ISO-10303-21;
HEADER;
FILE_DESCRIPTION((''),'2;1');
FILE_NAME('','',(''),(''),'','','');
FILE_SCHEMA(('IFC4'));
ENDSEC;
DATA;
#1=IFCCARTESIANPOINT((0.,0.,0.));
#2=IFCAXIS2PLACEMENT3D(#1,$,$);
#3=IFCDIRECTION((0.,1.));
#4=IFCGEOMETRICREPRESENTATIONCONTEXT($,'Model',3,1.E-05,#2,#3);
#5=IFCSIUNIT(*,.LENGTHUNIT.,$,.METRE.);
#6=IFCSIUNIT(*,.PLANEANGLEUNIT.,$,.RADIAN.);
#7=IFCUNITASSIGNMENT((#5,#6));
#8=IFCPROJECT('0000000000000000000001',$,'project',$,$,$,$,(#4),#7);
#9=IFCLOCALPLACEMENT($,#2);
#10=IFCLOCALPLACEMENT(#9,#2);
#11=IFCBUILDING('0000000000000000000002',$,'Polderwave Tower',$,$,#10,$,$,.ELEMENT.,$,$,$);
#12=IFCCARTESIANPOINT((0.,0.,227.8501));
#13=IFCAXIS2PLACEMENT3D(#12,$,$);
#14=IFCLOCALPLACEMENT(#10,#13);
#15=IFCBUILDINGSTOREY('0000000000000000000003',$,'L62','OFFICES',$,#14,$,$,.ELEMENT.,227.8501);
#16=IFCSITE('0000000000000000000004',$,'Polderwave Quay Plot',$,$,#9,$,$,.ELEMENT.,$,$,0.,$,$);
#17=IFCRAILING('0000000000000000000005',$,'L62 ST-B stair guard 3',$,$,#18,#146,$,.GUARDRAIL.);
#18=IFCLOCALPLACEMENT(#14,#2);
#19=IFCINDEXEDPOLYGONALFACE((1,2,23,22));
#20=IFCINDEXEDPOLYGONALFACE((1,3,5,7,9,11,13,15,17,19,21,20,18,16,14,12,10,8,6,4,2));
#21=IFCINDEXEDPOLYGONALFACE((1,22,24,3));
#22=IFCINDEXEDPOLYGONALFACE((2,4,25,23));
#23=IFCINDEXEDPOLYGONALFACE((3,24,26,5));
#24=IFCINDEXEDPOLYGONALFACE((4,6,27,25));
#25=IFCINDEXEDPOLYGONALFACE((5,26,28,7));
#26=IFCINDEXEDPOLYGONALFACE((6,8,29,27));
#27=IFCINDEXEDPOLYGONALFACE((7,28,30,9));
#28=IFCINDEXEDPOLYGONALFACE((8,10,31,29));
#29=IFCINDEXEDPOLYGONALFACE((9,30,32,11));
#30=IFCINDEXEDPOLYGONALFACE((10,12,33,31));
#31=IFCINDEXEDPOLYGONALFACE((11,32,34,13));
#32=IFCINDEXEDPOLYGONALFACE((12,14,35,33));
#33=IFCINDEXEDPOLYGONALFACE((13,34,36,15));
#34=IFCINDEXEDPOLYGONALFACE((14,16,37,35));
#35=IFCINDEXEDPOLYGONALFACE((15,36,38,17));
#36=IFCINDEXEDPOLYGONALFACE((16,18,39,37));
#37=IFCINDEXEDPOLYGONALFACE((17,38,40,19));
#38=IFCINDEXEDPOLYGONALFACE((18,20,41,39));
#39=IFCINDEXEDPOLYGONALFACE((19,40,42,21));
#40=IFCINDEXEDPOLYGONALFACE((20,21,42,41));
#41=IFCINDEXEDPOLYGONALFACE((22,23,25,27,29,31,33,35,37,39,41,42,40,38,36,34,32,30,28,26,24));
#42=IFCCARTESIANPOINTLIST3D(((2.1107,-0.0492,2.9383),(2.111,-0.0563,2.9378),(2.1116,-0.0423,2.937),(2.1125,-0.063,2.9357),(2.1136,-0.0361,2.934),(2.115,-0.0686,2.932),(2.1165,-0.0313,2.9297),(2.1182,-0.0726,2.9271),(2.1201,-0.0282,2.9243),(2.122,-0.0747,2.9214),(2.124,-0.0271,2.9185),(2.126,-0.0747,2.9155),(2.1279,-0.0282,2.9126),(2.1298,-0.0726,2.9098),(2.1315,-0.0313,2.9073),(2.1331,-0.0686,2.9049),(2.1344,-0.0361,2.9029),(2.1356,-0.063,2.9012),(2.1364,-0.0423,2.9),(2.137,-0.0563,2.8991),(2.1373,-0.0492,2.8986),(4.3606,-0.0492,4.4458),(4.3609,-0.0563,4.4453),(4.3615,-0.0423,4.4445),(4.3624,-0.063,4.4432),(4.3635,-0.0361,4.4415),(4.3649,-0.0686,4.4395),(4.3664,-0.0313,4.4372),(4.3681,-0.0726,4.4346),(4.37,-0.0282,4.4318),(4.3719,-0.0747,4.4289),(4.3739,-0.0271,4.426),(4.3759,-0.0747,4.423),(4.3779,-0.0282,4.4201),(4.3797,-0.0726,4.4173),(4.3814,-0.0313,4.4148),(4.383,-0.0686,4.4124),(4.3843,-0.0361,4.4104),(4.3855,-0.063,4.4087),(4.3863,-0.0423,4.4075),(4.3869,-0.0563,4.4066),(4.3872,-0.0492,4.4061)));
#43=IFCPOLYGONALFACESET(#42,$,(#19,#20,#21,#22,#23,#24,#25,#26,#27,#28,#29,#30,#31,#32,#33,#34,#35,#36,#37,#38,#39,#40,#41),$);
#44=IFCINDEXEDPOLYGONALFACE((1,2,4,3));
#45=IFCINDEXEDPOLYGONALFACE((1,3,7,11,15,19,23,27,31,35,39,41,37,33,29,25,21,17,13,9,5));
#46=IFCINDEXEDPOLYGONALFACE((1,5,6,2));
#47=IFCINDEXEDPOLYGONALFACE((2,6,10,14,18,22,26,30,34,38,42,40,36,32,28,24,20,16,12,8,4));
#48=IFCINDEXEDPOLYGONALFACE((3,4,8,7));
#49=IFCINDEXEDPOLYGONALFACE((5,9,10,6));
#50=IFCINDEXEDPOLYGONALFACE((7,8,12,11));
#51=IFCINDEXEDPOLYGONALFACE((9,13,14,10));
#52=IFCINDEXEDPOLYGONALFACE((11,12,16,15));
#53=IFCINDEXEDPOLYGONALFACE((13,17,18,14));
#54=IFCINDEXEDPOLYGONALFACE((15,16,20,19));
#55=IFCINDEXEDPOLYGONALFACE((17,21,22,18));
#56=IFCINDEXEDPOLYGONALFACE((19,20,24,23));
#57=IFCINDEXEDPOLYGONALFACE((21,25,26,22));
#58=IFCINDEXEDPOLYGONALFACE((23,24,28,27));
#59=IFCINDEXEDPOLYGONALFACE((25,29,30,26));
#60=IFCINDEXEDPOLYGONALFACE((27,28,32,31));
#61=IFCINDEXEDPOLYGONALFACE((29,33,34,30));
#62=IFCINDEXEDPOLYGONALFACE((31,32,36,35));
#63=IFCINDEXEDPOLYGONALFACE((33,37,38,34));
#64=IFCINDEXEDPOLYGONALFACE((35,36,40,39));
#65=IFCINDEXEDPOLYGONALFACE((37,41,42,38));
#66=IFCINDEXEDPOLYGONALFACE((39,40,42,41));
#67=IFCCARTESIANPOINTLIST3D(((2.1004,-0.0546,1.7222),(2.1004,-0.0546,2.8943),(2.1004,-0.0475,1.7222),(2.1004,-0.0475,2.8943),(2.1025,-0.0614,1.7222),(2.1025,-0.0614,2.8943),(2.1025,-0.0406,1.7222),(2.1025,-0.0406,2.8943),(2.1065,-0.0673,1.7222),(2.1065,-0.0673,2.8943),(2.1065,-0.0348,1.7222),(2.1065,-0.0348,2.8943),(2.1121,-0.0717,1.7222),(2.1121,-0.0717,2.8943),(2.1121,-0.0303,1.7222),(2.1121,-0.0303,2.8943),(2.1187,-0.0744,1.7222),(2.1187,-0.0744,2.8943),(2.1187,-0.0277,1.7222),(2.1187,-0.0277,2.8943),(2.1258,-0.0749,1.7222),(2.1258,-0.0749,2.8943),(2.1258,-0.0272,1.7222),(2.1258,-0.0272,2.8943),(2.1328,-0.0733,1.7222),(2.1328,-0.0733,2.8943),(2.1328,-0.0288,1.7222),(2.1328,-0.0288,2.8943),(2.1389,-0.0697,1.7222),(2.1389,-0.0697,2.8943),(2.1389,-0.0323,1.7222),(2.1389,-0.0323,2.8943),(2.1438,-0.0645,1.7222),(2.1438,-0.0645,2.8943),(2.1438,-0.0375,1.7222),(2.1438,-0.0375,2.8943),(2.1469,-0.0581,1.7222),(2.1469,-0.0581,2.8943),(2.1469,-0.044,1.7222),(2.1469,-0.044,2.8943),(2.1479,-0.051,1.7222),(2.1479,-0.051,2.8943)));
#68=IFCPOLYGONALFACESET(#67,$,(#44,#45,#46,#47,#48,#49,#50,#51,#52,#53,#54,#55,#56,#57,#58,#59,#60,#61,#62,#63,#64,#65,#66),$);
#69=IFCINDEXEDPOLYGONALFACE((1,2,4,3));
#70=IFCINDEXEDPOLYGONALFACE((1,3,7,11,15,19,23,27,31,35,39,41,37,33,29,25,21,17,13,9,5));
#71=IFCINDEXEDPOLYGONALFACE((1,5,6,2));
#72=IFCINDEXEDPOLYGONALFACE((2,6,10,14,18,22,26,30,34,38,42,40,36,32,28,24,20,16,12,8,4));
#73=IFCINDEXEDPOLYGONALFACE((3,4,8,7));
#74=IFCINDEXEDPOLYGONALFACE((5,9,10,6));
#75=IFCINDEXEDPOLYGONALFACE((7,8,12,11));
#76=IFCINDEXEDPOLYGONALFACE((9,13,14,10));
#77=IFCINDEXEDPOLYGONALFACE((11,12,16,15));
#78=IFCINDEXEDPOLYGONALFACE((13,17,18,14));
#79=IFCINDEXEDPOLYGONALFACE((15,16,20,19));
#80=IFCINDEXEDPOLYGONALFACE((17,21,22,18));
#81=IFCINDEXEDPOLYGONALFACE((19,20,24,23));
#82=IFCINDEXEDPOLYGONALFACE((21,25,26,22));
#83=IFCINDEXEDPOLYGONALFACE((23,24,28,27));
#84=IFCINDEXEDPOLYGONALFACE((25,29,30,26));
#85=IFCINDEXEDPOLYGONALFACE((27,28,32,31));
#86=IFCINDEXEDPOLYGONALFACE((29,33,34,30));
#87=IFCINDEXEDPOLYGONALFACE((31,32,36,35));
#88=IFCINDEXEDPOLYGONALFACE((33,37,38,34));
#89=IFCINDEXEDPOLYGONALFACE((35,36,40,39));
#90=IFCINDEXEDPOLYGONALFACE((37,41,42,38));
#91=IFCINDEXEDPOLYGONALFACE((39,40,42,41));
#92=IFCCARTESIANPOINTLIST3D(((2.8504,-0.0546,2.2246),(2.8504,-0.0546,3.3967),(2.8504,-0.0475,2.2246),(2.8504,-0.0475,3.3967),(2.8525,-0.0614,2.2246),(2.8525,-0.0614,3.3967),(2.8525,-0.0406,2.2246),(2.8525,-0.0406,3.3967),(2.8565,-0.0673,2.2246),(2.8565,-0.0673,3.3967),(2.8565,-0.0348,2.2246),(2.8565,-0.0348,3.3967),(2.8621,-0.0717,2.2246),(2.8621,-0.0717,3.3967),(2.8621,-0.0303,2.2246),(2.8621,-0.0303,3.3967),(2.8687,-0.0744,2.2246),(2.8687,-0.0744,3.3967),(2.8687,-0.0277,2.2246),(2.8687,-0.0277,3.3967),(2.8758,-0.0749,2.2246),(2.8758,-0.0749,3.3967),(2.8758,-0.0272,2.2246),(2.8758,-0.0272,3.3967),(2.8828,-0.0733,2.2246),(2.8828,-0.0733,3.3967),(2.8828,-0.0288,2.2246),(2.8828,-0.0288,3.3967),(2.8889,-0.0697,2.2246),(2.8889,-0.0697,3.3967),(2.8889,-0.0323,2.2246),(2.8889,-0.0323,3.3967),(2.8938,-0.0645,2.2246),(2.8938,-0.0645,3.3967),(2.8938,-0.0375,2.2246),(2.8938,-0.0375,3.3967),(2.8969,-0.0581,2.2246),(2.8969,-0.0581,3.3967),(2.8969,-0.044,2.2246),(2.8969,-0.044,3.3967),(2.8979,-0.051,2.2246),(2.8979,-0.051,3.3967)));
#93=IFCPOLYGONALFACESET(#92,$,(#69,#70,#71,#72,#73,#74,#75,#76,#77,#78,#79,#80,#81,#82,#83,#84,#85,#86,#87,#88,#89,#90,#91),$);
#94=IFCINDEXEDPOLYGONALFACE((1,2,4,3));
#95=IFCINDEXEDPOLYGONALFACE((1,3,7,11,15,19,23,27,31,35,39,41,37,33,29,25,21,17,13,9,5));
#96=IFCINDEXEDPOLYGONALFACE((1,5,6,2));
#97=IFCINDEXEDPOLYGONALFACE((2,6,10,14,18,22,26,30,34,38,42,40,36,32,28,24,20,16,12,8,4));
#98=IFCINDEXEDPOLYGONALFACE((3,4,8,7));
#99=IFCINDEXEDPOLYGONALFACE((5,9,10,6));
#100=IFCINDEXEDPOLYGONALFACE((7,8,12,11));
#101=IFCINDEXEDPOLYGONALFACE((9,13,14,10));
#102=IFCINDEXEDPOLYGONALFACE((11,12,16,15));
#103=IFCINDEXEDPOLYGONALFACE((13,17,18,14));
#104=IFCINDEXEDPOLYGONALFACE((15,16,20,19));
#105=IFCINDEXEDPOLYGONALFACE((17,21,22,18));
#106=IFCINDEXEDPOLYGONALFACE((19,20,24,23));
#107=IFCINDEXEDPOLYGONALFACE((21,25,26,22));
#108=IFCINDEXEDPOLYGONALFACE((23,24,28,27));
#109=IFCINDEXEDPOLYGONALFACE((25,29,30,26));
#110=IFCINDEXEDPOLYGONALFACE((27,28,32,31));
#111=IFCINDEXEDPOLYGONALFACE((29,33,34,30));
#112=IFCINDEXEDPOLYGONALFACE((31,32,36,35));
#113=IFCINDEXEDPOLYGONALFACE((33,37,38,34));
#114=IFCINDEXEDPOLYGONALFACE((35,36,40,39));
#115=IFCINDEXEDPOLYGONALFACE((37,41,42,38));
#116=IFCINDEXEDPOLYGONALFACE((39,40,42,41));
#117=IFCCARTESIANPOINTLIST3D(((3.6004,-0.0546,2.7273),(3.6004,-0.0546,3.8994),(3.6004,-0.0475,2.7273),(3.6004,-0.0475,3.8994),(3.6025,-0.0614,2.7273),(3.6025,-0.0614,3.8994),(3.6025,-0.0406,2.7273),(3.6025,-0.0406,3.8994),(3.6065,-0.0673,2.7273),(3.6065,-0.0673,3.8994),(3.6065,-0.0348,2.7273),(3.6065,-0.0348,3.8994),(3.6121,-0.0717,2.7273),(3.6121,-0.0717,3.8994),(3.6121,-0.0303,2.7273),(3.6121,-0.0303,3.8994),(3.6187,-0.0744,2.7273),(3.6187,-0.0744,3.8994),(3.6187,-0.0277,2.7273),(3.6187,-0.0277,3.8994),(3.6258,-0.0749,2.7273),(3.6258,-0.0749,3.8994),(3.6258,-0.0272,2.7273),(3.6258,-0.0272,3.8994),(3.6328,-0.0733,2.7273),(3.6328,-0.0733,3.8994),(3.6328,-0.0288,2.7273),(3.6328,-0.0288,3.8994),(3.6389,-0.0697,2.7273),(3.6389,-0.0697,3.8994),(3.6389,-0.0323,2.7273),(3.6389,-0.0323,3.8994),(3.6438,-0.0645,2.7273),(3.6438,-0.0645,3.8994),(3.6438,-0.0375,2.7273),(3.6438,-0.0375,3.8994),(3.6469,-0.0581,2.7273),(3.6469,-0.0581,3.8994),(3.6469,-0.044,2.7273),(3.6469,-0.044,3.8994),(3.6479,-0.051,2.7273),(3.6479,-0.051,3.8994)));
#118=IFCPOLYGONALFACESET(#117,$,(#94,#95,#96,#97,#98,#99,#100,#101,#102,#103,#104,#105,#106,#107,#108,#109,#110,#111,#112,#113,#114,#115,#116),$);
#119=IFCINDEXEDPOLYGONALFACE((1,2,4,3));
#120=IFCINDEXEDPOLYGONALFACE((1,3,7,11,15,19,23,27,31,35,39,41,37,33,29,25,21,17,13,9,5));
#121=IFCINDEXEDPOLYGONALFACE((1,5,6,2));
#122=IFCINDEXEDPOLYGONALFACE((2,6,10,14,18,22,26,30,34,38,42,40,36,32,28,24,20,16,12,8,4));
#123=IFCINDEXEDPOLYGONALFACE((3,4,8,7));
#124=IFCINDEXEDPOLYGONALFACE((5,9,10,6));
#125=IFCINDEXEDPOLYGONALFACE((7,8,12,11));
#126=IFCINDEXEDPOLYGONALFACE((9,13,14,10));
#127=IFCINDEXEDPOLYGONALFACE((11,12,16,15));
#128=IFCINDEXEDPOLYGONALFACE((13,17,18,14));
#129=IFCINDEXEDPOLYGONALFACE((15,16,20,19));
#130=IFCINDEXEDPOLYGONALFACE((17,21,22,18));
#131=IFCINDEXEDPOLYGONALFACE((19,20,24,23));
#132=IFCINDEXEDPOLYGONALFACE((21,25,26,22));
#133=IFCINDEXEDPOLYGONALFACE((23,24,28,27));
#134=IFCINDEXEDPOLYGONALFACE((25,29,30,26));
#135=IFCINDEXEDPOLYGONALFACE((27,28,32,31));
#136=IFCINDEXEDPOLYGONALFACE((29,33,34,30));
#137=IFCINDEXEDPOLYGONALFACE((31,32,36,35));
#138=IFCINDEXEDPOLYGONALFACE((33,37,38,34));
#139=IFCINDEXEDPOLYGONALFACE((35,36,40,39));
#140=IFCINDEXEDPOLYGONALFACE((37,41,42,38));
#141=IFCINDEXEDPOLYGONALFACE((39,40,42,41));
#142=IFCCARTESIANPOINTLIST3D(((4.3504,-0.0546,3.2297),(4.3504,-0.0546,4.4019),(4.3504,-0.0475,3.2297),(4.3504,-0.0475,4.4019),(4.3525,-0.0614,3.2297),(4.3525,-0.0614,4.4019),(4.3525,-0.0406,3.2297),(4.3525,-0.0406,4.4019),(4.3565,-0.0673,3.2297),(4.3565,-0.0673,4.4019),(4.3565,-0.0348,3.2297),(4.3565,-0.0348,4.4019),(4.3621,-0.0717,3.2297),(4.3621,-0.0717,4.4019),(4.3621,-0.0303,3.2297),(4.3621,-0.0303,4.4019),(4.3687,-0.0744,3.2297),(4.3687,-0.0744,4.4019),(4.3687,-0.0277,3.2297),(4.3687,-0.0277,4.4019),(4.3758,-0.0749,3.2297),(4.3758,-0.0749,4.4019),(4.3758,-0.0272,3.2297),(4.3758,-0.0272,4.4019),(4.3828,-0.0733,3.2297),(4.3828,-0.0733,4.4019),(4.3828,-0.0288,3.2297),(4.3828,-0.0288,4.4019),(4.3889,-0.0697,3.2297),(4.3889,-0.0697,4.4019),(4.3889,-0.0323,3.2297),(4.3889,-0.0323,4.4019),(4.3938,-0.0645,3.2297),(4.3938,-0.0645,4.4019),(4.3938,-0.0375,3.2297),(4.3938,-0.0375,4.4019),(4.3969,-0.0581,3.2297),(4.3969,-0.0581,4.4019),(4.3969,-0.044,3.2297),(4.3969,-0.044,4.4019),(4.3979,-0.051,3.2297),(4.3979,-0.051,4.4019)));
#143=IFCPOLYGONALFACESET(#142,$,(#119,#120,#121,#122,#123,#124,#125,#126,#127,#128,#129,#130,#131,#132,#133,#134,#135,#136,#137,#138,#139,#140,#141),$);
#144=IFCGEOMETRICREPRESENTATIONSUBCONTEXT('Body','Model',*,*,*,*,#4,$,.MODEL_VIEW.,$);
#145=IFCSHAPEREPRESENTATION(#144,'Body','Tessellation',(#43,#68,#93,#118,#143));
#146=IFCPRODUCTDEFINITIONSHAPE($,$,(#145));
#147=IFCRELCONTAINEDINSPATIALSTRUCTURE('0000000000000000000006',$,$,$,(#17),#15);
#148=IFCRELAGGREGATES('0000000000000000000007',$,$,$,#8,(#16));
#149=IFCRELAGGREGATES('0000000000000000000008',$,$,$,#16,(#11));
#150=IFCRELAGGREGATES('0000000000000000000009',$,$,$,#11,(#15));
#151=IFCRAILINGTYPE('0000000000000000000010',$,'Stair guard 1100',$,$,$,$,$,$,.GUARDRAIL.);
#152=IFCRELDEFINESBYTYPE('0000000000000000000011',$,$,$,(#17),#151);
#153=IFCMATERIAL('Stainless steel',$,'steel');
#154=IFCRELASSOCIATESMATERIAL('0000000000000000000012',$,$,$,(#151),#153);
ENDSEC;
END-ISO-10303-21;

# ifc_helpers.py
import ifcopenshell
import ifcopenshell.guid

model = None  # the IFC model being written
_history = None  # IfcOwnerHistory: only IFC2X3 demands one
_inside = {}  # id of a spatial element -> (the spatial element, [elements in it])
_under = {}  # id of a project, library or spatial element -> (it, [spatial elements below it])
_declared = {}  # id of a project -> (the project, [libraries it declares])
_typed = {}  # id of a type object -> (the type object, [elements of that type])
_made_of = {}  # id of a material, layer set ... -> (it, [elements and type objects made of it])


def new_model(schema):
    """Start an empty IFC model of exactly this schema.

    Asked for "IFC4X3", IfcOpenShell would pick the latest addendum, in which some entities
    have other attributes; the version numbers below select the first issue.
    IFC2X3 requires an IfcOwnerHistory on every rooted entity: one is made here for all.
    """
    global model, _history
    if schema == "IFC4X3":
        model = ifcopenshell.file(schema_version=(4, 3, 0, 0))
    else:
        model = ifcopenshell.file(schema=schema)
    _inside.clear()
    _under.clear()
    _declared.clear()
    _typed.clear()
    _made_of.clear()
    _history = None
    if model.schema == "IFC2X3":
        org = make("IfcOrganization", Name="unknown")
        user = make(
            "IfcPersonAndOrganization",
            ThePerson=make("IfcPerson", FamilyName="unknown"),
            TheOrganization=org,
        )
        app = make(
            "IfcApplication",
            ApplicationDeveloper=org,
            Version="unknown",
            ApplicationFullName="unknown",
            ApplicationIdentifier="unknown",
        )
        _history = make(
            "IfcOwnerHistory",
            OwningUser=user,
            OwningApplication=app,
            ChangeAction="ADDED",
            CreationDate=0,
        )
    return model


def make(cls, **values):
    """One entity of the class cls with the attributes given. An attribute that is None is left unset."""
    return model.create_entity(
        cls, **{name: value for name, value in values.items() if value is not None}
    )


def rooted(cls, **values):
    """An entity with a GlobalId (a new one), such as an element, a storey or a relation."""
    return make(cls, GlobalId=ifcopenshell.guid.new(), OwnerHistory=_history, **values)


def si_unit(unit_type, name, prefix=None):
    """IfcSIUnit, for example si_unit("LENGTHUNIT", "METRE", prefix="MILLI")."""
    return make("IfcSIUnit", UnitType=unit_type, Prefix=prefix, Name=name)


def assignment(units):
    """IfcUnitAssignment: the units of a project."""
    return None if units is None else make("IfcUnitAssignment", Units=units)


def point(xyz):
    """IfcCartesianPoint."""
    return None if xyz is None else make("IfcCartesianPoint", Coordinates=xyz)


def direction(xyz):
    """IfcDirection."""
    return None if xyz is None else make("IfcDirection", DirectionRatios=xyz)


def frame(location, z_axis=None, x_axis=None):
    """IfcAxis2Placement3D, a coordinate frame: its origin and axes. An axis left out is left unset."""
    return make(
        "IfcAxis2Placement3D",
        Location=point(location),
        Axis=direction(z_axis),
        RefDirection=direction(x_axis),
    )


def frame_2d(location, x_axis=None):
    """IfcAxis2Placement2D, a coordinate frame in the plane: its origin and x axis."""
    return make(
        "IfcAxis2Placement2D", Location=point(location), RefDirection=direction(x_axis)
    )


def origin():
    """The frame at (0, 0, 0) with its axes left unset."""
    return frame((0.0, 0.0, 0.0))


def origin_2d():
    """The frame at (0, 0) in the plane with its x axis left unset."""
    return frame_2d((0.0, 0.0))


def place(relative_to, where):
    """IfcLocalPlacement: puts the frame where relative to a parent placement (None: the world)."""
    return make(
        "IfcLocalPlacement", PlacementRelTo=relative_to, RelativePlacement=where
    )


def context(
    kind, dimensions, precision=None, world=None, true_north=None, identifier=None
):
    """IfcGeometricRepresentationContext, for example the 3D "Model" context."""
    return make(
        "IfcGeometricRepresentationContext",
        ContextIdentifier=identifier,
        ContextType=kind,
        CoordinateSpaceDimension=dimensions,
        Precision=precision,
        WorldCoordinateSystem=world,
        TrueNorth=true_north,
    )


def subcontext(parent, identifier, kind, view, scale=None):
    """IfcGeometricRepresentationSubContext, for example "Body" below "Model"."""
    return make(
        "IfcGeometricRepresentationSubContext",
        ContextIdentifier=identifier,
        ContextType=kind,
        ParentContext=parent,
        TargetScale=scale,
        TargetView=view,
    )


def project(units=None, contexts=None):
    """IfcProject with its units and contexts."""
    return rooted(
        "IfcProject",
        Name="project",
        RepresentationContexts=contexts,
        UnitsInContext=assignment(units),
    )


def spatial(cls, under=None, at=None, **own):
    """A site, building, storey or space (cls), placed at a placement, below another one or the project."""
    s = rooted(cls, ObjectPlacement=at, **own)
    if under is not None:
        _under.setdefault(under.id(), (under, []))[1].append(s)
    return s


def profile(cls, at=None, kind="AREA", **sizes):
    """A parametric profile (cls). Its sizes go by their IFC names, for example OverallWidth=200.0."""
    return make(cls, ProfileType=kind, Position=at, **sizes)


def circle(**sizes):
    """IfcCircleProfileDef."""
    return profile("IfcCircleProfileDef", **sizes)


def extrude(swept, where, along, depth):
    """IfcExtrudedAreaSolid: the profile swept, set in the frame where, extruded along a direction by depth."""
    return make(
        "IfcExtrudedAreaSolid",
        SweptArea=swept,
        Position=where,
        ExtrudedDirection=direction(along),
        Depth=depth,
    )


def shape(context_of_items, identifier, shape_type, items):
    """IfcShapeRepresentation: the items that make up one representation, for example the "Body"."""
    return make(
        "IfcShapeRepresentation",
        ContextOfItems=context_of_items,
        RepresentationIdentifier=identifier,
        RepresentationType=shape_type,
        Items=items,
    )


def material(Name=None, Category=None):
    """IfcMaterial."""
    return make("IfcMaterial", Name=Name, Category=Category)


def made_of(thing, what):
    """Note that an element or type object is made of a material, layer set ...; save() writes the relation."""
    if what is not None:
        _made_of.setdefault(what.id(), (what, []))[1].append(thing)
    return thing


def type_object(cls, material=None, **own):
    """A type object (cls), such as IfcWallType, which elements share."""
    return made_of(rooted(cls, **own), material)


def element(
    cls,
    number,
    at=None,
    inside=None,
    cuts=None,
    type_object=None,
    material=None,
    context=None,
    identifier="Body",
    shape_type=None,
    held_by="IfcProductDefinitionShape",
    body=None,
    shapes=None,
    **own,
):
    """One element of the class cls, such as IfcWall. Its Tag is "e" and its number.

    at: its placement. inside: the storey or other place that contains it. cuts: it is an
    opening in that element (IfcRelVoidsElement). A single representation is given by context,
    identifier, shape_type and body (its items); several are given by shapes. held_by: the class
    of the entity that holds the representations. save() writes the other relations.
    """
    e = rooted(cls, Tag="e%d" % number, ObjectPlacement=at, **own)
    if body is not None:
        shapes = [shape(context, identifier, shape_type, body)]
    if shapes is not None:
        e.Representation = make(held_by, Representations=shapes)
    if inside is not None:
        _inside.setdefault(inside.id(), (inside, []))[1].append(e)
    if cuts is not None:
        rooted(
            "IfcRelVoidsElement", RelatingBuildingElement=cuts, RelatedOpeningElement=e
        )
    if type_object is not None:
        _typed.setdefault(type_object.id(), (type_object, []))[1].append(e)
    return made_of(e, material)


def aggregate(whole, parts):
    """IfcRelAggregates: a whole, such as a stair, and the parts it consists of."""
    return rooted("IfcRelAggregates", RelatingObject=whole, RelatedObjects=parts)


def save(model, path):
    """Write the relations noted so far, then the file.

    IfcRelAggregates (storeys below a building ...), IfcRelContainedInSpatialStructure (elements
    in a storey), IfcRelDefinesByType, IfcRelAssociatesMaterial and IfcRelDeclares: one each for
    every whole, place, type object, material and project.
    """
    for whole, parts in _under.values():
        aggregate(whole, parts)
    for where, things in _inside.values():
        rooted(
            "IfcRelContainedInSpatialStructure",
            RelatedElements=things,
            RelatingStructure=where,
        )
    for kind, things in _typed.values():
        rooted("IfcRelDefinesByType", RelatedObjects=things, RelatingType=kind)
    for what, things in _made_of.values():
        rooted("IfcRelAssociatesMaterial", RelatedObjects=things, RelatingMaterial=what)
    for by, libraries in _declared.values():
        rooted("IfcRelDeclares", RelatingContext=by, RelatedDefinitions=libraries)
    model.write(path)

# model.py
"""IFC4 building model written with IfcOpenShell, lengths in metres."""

from ifc_helpers import new_model, si_unit, direction, frame, origin, origin_2d, place, context, subcontext, project, spatial, circle, extrude, material, type_object, element, save


model = new_model("IFC4")

# Units and contexts
model_context = context("Model", 3, precision=1e-05, world=origin(), true_north=direction((0.0, 1.0)))
body_context = subcontext(model_context, "Body", "Model", "MODEL_VIEW")
ifc_project = project(units=[si_unit("LENGTHUNIT", "METRE"), si_unit("PLANEANGLEUNIT", "RADIAN")], contexts=[model_context])

# Site, building, storey
site_placement = place(None, origin())
site = spatial("IfcSite", under=ifc_project, at=site_placement, Name="Polderwave Quay Plot", CompositionType="ELEMENT", RefElevation=0.0)
building_placement = place(site_placement, origin())
building = spatial("IfcBuilding", under=site, at=building_placement, Name="Polderwave Tower", CompositionType="ELEMENT")
storey_placement = place(building_placement, frame((0.0, 0.0, 227.8501)))
storey = spatial("IfcBuildingStorey", under=building, at=storey_placement, Name="L62", Description="OFFICES", CompositionType="ELEMENT", Elevation=227.8501)

# Railing
ifc_material_1 = material(Name="Stainless steel", Category="steel")
railing_type_1 = type_object("IfcRailingType", Name="Stair guard 1100", PredefinedType="GUARDRAIL", material=ifc_material_1)
railing_1_placement = place(storey_placement, frame((2.124, -0.051, 1.7222)))
element("IfcRailing", 1, at=railing_1_placement, inside=storey, type_object=railing_type_1, Name="L62 ST-B stair guard 3", PredefinedType="GUARDRAIL", context=body_context, shape_type="SweptSolid", body=[
    extrude(circle(Radius=0.0239, at=origin_2d()), frame((0.0, 0.0, 1.1963), z_axis=(0.830758, 0.0, 0.556633), x_axis=(0.0, 1.0, 0.0)), (0.0, 0.0, 1.0), 2.7083),
    extrude(circle(Radius=0.0239, at=origin_2d()), origin(), (0.0, 0.0, 1.0), 1.1721),
    extrude(circle(Radius=0.0239, at=origin_2d()), frame((0.75, 0.0, 0.5024)), (0.0, 0.0, 1.0), 1.1721),
    extrude(circle(Radius=0.0239, at=origin_2d()), frame((1.5, 0.0, 1.0051)), (0.0, 0.0, 1.0), 1.1721),
    extrude(circle(Radius=0.0239, at=origin_2d()), frame((2.25, 0.0, 1.5076)), (0.0, 0.0, 1.0), 1.1721),
])

save(model, "model.ifc")
